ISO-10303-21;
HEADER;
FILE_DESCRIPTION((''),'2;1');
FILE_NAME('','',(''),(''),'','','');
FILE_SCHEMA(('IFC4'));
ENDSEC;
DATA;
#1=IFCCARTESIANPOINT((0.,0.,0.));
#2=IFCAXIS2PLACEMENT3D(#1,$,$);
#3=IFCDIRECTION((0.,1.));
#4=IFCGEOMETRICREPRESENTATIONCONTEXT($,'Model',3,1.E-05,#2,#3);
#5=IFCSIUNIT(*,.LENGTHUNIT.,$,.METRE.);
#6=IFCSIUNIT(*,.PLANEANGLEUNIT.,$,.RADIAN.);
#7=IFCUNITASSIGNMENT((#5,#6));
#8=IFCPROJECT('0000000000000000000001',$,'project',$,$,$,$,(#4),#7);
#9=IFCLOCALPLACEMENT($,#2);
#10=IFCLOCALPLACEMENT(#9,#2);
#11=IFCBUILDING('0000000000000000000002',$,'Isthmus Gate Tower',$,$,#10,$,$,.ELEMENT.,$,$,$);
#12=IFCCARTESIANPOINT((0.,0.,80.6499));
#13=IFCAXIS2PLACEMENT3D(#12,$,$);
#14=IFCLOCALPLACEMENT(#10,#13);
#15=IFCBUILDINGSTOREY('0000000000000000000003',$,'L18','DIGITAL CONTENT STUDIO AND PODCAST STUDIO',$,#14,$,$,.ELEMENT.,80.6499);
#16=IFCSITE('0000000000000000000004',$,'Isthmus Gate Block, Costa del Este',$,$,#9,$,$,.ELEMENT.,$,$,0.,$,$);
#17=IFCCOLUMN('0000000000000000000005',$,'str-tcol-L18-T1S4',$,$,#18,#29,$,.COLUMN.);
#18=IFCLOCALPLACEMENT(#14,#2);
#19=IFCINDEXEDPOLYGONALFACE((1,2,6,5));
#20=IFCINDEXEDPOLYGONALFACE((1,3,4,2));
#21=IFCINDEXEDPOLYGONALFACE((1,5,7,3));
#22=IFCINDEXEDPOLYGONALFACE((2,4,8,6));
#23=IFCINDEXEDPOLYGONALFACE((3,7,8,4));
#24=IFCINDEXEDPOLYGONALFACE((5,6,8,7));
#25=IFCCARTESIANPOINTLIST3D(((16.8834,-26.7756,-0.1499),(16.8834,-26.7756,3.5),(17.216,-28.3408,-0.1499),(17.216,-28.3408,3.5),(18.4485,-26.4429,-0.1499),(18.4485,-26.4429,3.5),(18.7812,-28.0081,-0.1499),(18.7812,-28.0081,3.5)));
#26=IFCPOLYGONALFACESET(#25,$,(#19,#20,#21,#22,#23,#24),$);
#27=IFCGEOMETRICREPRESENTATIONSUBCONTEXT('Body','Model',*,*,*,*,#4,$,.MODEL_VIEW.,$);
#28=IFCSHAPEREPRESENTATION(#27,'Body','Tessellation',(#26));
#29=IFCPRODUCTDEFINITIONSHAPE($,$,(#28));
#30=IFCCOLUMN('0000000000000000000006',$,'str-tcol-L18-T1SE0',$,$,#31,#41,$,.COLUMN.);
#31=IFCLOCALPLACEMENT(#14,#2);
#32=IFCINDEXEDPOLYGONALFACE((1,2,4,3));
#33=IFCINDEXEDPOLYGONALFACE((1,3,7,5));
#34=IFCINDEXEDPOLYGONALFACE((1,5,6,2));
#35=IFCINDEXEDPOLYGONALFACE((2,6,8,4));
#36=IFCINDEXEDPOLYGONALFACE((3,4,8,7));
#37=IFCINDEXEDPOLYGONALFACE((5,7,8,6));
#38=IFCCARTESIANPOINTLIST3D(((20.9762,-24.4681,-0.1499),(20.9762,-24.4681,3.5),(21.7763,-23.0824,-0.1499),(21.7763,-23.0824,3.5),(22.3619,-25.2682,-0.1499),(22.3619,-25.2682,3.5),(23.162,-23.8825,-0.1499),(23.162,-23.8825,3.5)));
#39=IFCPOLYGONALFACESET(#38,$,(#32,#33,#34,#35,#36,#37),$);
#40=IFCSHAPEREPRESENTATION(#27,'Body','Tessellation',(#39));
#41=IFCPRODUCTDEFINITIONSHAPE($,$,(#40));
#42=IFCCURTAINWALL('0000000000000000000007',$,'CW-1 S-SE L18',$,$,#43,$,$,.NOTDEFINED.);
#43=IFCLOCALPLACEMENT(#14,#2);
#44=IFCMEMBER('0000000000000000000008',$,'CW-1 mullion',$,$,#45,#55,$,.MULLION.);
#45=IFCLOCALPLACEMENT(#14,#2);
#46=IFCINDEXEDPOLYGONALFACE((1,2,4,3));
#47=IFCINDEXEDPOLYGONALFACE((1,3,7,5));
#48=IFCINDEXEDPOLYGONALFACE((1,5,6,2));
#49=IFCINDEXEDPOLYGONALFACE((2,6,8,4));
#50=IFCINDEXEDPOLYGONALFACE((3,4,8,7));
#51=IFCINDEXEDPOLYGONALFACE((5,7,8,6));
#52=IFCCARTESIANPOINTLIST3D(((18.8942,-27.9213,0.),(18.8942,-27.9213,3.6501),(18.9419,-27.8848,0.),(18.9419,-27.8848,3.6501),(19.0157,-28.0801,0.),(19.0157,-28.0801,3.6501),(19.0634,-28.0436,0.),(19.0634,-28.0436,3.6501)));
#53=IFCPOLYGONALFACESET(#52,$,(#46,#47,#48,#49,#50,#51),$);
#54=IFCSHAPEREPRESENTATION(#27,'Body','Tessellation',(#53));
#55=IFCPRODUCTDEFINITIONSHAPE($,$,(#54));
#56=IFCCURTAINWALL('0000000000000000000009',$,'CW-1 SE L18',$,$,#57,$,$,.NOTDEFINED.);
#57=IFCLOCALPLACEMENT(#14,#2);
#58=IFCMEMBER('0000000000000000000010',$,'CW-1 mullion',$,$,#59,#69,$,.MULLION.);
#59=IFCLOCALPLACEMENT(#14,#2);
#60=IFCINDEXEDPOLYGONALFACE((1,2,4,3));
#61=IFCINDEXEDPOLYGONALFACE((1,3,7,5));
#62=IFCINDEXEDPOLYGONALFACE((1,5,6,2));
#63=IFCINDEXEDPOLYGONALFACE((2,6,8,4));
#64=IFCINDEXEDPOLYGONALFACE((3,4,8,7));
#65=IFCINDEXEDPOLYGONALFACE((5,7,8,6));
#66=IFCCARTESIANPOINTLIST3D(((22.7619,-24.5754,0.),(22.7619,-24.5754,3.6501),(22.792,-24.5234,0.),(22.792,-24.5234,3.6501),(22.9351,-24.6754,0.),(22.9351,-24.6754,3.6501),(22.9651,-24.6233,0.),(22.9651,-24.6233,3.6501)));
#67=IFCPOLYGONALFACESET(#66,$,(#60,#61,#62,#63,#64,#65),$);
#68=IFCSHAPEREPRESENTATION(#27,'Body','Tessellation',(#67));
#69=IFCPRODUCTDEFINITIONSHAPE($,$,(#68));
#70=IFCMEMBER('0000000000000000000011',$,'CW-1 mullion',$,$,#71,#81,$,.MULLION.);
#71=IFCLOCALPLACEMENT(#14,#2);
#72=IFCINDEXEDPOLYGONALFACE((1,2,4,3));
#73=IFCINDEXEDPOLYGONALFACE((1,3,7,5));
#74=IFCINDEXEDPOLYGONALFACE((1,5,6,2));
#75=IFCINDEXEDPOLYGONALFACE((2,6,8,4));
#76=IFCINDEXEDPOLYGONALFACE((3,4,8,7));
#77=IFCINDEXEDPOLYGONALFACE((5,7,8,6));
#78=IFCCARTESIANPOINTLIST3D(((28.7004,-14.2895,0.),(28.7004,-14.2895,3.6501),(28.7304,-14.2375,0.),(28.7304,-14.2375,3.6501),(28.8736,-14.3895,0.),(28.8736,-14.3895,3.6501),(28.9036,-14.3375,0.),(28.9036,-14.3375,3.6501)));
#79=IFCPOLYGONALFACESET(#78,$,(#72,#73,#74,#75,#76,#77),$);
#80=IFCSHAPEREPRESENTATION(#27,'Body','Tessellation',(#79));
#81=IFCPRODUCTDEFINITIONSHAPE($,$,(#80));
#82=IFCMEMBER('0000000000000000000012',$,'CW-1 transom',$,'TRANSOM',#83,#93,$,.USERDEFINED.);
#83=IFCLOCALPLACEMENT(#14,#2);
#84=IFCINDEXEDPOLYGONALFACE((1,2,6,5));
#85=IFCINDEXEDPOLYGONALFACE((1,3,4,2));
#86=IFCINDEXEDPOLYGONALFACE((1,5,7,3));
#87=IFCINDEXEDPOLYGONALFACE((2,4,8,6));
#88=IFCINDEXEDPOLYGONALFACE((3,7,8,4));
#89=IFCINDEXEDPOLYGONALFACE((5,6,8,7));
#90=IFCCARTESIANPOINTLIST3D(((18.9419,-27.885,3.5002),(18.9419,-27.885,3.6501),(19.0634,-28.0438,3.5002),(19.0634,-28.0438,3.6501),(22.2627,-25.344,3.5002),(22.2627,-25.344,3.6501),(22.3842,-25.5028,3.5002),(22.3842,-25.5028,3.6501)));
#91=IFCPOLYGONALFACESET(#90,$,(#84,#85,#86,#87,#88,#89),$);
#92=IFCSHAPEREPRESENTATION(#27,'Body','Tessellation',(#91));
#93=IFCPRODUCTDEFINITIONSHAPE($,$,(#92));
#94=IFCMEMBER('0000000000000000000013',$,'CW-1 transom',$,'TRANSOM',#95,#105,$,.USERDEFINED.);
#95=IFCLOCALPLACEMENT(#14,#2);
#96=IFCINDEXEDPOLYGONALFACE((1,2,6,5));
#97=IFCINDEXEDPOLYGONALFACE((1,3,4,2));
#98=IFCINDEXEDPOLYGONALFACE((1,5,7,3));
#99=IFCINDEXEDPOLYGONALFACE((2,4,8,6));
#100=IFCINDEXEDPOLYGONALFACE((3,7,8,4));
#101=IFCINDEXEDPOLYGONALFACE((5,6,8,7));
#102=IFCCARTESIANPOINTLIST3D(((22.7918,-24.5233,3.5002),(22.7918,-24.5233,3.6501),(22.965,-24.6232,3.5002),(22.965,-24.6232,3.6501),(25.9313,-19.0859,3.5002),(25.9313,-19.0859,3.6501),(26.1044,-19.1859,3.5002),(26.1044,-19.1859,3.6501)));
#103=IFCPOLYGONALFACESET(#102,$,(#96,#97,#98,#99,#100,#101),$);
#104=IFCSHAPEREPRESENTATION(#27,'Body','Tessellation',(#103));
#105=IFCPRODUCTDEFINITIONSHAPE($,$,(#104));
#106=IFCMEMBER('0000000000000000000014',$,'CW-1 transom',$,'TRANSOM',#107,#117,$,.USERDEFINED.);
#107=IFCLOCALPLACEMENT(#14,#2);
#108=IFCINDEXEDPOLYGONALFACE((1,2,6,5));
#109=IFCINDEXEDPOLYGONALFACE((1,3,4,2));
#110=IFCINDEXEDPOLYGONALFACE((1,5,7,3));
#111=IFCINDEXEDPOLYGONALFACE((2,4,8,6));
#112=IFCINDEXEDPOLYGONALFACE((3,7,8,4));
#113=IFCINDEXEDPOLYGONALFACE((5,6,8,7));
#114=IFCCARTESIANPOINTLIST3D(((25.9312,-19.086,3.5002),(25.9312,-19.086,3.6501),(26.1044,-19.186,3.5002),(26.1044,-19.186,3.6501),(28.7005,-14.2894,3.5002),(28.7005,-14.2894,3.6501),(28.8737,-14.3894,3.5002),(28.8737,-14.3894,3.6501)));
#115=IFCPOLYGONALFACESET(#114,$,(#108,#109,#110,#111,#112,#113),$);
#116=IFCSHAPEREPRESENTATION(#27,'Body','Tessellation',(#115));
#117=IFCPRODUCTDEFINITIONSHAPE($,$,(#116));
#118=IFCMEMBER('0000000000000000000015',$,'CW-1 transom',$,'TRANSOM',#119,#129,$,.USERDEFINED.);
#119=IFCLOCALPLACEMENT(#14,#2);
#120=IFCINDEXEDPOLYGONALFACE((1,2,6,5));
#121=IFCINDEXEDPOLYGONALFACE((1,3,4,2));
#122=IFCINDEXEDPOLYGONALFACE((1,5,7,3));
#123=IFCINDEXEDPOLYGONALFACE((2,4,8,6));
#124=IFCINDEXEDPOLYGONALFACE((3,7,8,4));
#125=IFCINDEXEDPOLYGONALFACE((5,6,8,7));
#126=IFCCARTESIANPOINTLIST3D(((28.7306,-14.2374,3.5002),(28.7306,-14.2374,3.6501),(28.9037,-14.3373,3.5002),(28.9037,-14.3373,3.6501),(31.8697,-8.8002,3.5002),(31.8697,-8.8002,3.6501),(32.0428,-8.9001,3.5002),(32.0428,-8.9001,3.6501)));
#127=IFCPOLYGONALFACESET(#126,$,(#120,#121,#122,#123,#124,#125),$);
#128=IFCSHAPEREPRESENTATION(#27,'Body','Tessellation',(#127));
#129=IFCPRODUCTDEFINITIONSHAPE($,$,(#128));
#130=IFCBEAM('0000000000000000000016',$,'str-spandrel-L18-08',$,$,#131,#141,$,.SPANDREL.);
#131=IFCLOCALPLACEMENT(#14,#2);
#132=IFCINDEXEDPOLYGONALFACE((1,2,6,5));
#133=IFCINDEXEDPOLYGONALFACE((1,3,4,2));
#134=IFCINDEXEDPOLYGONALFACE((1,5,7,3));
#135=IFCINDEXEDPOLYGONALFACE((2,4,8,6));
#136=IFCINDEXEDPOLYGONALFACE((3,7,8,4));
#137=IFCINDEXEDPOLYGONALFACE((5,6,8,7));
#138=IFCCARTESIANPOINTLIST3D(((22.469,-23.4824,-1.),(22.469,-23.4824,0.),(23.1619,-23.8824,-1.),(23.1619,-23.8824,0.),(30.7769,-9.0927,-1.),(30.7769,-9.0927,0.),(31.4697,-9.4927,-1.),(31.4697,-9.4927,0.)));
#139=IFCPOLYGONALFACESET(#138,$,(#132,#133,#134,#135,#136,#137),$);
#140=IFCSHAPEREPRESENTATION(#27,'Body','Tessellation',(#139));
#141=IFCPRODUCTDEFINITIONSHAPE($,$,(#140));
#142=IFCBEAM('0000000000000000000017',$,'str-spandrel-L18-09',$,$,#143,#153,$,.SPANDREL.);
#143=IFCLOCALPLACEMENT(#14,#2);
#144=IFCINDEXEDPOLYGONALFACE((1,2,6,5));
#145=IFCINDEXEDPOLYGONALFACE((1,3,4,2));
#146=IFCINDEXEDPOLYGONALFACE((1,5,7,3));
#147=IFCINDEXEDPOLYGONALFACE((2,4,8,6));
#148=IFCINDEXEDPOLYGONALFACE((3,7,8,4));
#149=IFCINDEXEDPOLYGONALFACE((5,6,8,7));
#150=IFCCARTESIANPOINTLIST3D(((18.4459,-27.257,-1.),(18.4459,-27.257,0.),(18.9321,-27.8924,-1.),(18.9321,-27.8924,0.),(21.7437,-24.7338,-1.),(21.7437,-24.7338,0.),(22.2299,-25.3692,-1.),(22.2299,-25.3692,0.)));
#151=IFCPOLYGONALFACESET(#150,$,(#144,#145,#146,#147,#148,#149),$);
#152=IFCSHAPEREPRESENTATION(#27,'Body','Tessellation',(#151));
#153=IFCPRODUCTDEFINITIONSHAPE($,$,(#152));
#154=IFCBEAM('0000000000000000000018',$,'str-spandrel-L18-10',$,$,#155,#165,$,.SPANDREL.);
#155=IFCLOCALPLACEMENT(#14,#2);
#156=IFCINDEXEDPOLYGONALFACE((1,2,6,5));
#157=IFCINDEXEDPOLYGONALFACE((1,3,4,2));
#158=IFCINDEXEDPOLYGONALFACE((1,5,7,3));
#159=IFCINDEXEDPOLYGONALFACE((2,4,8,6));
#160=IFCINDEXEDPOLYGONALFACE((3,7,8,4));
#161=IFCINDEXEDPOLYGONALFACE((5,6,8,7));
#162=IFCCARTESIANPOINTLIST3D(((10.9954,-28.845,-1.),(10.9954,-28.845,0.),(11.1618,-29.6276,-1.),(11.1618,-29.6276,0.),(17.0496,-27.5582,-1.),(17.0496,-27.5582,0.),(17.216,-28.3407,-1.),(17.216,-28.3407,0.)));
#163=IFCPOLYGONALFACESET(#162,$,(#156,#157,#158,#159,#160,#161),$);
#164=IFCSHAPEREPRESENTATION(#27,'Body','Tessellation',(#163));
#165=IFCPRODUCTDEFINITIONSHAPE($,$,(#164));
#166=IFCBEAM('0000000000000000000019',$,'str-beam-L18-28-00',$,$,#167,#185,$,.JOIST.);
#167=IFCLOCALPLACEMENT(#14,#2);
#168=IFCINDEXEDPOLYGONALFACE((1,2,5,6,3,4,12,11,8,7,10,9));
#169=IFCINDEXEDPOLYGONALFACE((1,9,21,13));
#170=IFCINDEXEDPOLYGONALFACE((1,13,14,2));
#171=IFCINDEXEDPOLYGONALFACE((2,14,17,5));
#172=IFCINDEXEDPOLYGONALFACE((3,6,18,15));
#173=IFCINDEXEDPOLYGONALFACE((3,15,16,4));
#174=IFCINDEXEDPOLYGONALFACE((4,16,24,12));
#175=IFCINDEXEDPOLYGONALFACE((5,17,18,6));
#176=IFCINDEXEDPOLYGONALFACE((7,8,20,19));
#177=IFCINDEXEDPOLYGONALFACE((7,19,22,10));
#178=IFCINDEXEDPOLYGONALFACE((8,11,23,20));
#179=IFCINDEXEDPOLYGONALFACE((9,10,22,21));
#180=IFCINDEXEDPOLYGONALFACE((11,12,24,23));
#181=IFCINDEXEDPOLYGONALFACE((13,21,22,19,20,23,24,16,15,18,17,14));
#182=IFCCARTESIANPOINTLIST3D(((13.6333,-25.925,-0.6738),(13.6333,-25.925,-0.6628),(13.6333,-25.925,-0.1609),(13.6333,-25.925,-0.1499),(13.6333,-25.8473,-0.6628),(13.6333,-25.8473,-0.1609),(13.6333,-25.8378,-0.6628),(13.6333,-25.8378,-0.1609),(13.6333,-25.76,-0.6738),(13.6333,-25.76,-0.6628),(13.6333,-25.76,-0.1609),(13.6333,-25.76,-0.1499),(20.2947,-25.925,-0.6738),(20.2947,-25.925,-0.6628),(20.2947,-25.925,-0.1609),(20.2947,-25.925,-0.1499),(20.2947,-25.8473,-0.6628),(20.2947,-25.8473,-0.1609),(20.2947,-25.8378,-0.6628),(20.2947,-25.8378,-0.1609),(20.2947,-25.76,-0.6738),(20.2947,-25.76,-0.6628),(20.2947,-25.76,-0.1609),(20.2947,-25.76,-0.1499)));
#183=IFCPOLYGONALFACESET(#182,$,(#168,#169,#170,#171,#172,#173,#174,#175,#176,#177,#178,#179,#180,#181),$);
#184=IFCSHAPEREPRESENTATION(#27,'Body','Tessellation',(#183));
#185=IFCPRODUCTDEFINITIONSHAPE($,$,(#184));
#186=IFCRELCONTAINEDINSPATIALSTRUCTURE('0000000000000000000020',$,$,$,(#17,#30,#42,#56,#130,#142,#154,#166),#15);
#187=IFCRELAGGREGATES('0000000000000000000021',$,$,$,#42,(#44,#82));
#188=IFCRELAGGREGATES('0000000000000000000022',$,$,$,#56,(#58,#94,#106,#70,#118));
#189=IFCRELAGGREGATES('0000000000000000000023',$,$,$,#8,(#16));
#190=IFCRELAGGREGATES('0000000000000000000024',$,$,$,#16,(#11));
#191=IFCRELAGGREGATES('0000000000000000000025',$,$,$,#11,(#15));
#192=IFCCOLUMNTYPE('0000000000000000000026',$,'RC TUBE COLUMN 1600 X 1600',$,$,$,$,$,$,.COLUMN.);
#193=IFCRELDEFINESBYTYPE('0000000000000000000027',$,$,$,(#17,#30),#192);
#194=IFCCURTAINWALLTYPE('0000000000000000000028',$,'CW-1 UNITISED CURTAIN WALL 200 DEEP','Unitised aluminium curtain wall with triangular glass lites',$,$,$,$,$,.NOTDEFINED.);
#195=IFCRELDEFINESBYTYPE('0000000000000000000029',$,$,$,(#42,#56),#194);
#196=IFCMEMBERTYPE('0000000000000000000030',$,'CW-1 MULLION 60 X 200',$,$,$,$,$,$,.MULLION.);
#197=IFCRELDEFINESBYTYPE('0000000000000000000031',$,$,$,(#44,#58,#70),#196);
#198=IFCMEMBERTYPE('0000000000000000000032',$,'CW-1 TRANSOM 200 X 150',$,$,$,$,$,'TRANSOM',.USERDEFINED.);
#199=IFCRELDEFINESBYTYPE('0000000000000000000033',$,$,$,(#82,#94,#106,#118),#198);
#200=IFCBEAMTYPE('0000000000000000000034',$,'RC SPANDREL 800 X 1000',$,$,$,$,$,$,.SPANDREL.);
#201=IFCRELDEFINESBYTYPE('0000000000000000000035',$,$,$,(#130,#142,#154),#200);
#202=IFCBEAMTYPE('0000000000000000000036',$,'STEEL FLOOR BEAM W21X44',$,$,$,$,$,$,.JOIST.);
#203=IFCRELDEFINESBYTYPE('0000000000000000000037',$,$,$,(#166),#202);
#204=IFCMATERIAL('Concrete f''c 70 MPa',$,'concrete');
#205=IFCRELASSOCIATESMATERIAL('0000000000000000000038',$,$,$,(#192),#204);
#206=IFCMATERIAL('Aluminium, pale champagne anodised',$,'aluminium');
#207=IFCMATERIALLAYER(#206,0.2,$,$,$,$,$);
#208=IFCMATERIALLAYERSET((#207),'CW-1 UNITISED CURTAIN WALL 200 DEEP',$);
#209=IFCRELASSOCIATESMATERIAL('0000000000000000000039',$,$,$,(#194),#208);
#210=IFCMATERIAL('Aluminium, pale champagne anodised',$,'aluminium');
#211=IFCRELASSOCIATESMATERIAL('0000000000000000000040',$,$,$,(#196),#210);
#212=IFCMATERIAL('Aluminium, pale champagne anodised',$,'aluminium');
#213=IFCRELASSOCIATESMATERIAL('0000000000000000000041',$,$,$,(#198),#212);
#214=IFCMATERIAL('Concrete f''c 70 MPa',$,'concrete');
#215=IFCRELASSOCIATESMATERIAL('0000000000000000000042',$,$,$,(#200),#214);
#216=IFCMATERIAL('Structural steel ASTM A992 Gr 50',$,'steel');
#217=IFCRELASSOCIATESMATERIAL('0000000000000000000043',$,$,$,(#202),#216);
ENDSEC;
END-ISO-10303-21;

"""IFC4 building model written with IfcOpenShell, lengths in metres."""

from ifc_helpers import new_model, si_unit, direction, frame, origin, origin_2d, place, context, subcontext, project, spatial, rectangle, i_section, extrude, material, layer, layer_set, material_profile, profile_set, type_object, element, aggregate, save


model = new_model("IFC4")

# Units and contexts
model_context = context("Model", 3, precision=1e-05, world=origin(), true_north=direction((0.0, 1.0)))
body_context = subcontext(model_context, "Body", "Model", "MODEL_VIEW")
ifc_project = project(units=[si_unit("LENGTHUNIT", "METRE"), si_unit("PLANEANGLEUNIT", "RADIAN")], contexts=[model_context])

# Site, building, storey
site_placement = place(None, origin())
site = spatial("IfcSite", under=ifc_project, at=site_placement, Name="Isthmus Gate Block, Costa del Este", CompositionType="ELEMENT", RefElevation=0.0)
building_placement = place(site_placement, origin())
building = spatial("IfcBuilding", under=site, at=building_placement, Name="Isthmus Gate Tower", CompositionType="ELEMENT")
storey_placement = place(building_placement, frame((0.0, 0.0, 80.6499)))
storey = spatial("IfcBuildingStorey", under=building, at=storey_placement, Name="L18", Description="DIGITAL CONTENT STUDIO AND PODCAST STUDIO", CompositionType="ELEMENT", Elevation=80.6499)

# Columns
ifc_material_1 = material(Name="Concrete f'c 70 MPa", Category="concrete")
ifc_material_profile_1 = material_profile(ifc_material_1, rectangle(XDim=1.6001, YDim=1.6001, at=origin_2d()), Name="RC 1600X1600")
ifc_profile_set_1 = profile_set([ifc_material_profile_1], Name="Concrete f'c 70 MPa")
column_type = type_object("IfcColumnType", Name="RC TUBE COLUMN 1600 X 1600", PredefinedType="COLUMN", material=ifc_profile_set_1)
for number, where, z_axis, x_axis, name in (
    (1, (17.8323, -27.3918, -0.1499), (0.0, 0.0, 1.0), (0.978148, 0.207912, 0.0), "str-tcol-L18-T1S4"),
    (2, (22.0691, -24.1753, -0.1499), (0.0, 0.0, 1.0), (0.5, 0.866025, 0.0), "str-tcol-L18-T1SE0"),
):
    element("IfcColumn", number, at=place(storey_placement, frame(where, z_axis=z_axis, x_axis=x_axis)), inside=storey, type_object=column_type, Name=name, PredefinedType="COLUMN", context=body_context, shape_type="SweptSolid", body=[
        extrude(rectangle(XDim=1.6001, YDim=1.6001, at=origin_2d()), origin(), (0.0, 0.0, 1.0), 3.6499),
    ])

# Curtain wall, member
ifc_material_2 = material(Name="Aluminium, pale champagne anodised", Category="aluminium")
ifc_layer_1 = layer(ifc_material_2, 0.2)
ifc_layer_set_1 = layer_set([ifc_layer_1], Name="CW-1 UNITISED CURTAIN WALL 200 DEEP")
curtain_wall_type = type_object("IfcCurtainWallType", Name="CW-1 UNITISED CURTAIN WALL 200 DEEP", Description="Unitised aluminium curtain wall with triangular glass lites", PredefinedType="NOTDEFINED", material=ifc_layer_set_1)
curtain_wall_1_placement = place(storey_placement, origin())
curtain_wall_1 = element("IfcCurtainWall", 3, at=curtain_wall_1_placement, inside=storey, type_object=curtain_wall_type, Name="CW-1 S-SE L18", PredefinedType="NOTDEFINED")
ifc_material_3 = material(Name="Aluminium, pale champagne anodised", Category="aluminium")
ifc_material_profile_2 = material_profile(ifc_material_3, rectangle(XDim=0.0601, YDim=0.2, at=origin_2d()), Name="60x200")
ifc_profile_set_2 = profile_set([ifc_material_profile_2], Name="Aluminium, pale champagne anodised")
member_type_1 = type_object("IfcMemberType", Name="CW-1 MULLION 60 X 200", PredefinedType="MULLION", material=ifc_profile_set_2)
member_1_placement = place(storey_placement, frame((18.9788, -27.9824, 0.0), z_axis=(0.0, 0.0, 1.0), x_axis=(0.794189, 0.607671, 0.0)))
member_1 = element("IfcMember", 4, at=member_1_placement, type_object=member_type_1, Name="CW-1 mullion", PredefinedType="MULLION", context=body_context, shape_type="SweptSolid", body=[
    extrude(rectangle(XDim=0.0601, YDim=0.2, at=origin_2d()), origin(), (0.0, 0.0, 1.0), 3.6501),
])

# Curtain wall, members
curtain_wall_2_placement = place(storey_placement, origin())
curtain_wall_2 = element("IfcCurtainWall", 5, at=curtain_wall_2_placement, inside=storey, type_object=curtain_wall_type, Name="CW-1 SE L18", PredefinedType="NOTDEFINED")
member_2_placement = place(storey_placement, frame((22.8635, -24.5994, 0.0), z_axis=(0.0, 0.0, 1.0), x_axis=(0.5, 0.866025, 0.0)))
member_2 = element("IfcMember", 6, at=member_2_placement, type_object=member_type_1, Name="CW-1 mullion", PredefinedType="MULLION", context=body_context, shape_type="SweptSolid", body=[
    extrude(rectangle(XDim=0.0601, YDim=0.2, at=origin_2d()), origin(), (0.0, 0.0, 1.0), 3.6501),
])
member_3_placement = place(storey_placement, frame((28.802, -14.3135, 0.0), z_axis=(0.0, 0.0, 1.0), x_axis=(0.5, 0.866025, 0.0)))
member_3 = element("IfcMember", 7, at=member_3_placement, type_object=member_type_1, Name="CW-1 mullion", PredefinedType="MULLION", context=body_context, shape_type="SweptSolid", body=[
    extrude(rectangle(XDim=0.0601, YDim=0.2, at=origin_2d()), origin(), (0.0, 0.0, 1.0), 3.6501),
])

# Members
ifc_material_4 = material(Name="Aluminium, pale champagne anodised", Category="aluminium")
ifc_material_profile_3 = material_profile(ifc_material_4, rectangle(XDim=0.2, YDim=0.1499, at=origin_2d()), Name="200x150")
ifc_profile_set_3 = profile_set([ifc_material_profile_3], Name="Aluminium, pale champagne anodised")
member_type_2 = type_object("IfcMemberType", Name="CW-1 TRANSOM 200 X 150", ElementType="TRANSOM", PredefinedType="USERDEFINED", material=ifc_profile_set_3)
member_4_placement = place(storey_placement, frame((19.0027, -27.9644, 3.5752), z_axis=(0.794175, 0.607688, 0.0), x_axis=(-0.607688, 0.794175, 0.0)))
member_4 = element("IfcMember", 8, at=member_4_placement, type_object=member_type_2, Name="CW-1 transom", ObjectType="TRANSOM", PredefinedType="USERDEFINED", context=body_context, shape_type="SweptSolid", body=[
    extrude(rectangle(XDim=0.2, YDim=0.1499, at=origin_2d()), origin(), (0.0, 0.0, 1.0), 4.1814),
])
member_5_placement = place(storey_placement, frame((22.8784, -24.5732, 3.5752), z_axis=(0.500024, 0.866011, 0.0), x_axis=(-0.866011, 0.500024, 0.0)))
member_5 = element("IfcMember", 9, at=member_5_placement, type_object=member_type_2, Name="CW-1 transom", ObjectType="TRANSOM", PredefinedType="USERDEFINED", context=body_context, shape_type="SweptSolid", body=[
    extrude(rectangle(XDim=0.2, YDim=0.1499, at=origin_2d()), origin(), (0.0, 0.0, 1.0), 6.2786),
])
member_6_placement = place(storey_placement, frame((26.0178, -19.136, 3.5752), z_axis=(0.499993, 0.866029, 0.0), x_axis=(-0.866029, 0.499993, 0.0)))
member_6 = element("IfcMember", 10, at=member_6_placement, type_object=member_type_2, Name="CW-1 transom", ObjectType="TRANSOM", PredefinedType="USERDEFINED", context=body_context, shape_type="SweptSolid", body=[
    extrude(rectangle(XDim=0.2, YDim=0.1499, at=origin_2d()), origin(), (0.0, 0.0, 1.0), 5.5386),
])
member_7_placement = place(storey_placement, frame((28.8171, -14.2874, 3.5752), z_axis=(0.499995, 0.866028, 0.0), x_axis=(-0.866028, 0.499995, 0.0)))
member_7 = element("IfcMember", 11, at=member_7_placement, type_object=member_type_2, Name="CW-1 transom", ObjectType="TRANSOM", PredefinedType="USERDEFINED", context=body_context, shape_type="SweptSolid", body=[
    extrude(rectangle(XDim=0.2, YDim=0.1499, at=origin_2d()), origin(), (0.0, 0.0, 1.0), 6.2783),
])

# Beams
ifc_material_5 = material(Name="Concrete f'c 70 MPa", Category="concrete")
ifc_material_profile_4 = material_profile(ifc_material_5, rectangle(XDim=0.8, YDim=1.0, at=origin_2d()), Name="RC 800X1000")
ifc_profile_set_4 = profile_set([ifc_material_profile_4], Name="Concrete f'c 70 MPa")
beam_type_1 = type_object("IfcBeamType", Name="RC SPANDREL 800 X 1000", PredefinedType="SPANDREL", material=ifc_profile_set_4)
beam_1_placement = place(storey_placement, frame((31.1233, -9.2927, -0.5), z_axis=(-0.5, -0.866026, 0.0), x_axis=(0.866026, -0.5, 0.0)))
element("IfcBeam", 12, at=beam_1_placement, inside=storey, type_object=beam_type_1, Name="str-spandrel-L18-08", PredefinedType="SPANDREL", context=body_context, shape_type="SweptSolid", body=[
    extrude(rectangle(XDim=0.8, YDim=1.0, at=origin_2d()), origin(), (0.0, 0.0, 1.0), 16.6157),
])
beam_2_placement = place(storey_placement, frame((21.9868, -25.0515, -0.5), z_axis=(-0.794206, -0.607649, 0.0), x_axis=(0.607649, -0.794206, 0.0)))
element("IfcBeam", 13, at=beam_2_placement, inside=storey, type_object=beam_type_1, Name="str-spandrel-L18-09", PredefinedType="SPANDREL", context=body_context, shape_type="SweptSolid", body=[
    extrude(rectangle(XDim=0.8, YDim=1.0, at=origin_2d()), origin(), (0.0, 0.0, 1.0), 4.1523),
])
beam_3_placement = place(storey_placement, frame((17.1328, -27.9495, -0.5), z_axis=(-0.978147, -0.207913, 0.0), x_axis=(0.207913, -0.978147, 0.0)))
element("IfcBeam", 14, at=beam_3_placement, inside=storey, type_object=beam_type_1, Name="str-spandrel-L18-10", PredefinedType="SPANDREL", context=body_context, shape_type="SweptSolid", body=[
    extrude(rectangle(XDim=0.8, YDim=1.0, at=origin_2d()), origin(), (0.0, 0.0, 1.0), 6.1895),
])
ifc_material_6 = material(Name="Structural steel ASTM A992 Gr 50", Category="steel")
ifc_material_profile_5 = material_profile(ifc_material_6, i_section(OverallWidth=0.165, OverallDepth=0.5239, WebThickness=0.0095, FlangeThickness=0.011, at=origin_2d()), Name="W21X44")
ifc_profile_set_5 = profile_set([ifc_material_profile_5], Name="Structural steel ASTM A992 Gr 50")
beam_type_2 = type_object("IfcBeamType", Name="STEEL FLOOR BEAM W21X44", PredefinedType="JOIST", material=ifc_profile_set_5)
beam_4_placement = place(storey_placement, frame((13.6333, -25.8425, -0.4119), z_axis=(1.0, 0.0, 0.0), x_axis=(0.0, 1.0, 0.0)))
element("IfcBeam", 15, at=beam_4_placement, inside=storey, type_object=beam_type_2, Name="str-beam-L18-28-00", PredefinedType="JOIST", context=body_context, shape_type="SweptSolid", body=[
    extrude(i_section(OverallWidth=0.165, OverallDepth=0.5239, WebThickness=0.0095, FlangeThickness=0.011, at=origin_2d()), origin(), (0.0, 0.0, 1.0), 6.6614),
])

aggregate(curtain_wall_1, [member_1, member_4])
aggregate(curtain_wall_2, [member_2, member_5, member_6, member_3, member_7])

save(model, "model.ifc")
